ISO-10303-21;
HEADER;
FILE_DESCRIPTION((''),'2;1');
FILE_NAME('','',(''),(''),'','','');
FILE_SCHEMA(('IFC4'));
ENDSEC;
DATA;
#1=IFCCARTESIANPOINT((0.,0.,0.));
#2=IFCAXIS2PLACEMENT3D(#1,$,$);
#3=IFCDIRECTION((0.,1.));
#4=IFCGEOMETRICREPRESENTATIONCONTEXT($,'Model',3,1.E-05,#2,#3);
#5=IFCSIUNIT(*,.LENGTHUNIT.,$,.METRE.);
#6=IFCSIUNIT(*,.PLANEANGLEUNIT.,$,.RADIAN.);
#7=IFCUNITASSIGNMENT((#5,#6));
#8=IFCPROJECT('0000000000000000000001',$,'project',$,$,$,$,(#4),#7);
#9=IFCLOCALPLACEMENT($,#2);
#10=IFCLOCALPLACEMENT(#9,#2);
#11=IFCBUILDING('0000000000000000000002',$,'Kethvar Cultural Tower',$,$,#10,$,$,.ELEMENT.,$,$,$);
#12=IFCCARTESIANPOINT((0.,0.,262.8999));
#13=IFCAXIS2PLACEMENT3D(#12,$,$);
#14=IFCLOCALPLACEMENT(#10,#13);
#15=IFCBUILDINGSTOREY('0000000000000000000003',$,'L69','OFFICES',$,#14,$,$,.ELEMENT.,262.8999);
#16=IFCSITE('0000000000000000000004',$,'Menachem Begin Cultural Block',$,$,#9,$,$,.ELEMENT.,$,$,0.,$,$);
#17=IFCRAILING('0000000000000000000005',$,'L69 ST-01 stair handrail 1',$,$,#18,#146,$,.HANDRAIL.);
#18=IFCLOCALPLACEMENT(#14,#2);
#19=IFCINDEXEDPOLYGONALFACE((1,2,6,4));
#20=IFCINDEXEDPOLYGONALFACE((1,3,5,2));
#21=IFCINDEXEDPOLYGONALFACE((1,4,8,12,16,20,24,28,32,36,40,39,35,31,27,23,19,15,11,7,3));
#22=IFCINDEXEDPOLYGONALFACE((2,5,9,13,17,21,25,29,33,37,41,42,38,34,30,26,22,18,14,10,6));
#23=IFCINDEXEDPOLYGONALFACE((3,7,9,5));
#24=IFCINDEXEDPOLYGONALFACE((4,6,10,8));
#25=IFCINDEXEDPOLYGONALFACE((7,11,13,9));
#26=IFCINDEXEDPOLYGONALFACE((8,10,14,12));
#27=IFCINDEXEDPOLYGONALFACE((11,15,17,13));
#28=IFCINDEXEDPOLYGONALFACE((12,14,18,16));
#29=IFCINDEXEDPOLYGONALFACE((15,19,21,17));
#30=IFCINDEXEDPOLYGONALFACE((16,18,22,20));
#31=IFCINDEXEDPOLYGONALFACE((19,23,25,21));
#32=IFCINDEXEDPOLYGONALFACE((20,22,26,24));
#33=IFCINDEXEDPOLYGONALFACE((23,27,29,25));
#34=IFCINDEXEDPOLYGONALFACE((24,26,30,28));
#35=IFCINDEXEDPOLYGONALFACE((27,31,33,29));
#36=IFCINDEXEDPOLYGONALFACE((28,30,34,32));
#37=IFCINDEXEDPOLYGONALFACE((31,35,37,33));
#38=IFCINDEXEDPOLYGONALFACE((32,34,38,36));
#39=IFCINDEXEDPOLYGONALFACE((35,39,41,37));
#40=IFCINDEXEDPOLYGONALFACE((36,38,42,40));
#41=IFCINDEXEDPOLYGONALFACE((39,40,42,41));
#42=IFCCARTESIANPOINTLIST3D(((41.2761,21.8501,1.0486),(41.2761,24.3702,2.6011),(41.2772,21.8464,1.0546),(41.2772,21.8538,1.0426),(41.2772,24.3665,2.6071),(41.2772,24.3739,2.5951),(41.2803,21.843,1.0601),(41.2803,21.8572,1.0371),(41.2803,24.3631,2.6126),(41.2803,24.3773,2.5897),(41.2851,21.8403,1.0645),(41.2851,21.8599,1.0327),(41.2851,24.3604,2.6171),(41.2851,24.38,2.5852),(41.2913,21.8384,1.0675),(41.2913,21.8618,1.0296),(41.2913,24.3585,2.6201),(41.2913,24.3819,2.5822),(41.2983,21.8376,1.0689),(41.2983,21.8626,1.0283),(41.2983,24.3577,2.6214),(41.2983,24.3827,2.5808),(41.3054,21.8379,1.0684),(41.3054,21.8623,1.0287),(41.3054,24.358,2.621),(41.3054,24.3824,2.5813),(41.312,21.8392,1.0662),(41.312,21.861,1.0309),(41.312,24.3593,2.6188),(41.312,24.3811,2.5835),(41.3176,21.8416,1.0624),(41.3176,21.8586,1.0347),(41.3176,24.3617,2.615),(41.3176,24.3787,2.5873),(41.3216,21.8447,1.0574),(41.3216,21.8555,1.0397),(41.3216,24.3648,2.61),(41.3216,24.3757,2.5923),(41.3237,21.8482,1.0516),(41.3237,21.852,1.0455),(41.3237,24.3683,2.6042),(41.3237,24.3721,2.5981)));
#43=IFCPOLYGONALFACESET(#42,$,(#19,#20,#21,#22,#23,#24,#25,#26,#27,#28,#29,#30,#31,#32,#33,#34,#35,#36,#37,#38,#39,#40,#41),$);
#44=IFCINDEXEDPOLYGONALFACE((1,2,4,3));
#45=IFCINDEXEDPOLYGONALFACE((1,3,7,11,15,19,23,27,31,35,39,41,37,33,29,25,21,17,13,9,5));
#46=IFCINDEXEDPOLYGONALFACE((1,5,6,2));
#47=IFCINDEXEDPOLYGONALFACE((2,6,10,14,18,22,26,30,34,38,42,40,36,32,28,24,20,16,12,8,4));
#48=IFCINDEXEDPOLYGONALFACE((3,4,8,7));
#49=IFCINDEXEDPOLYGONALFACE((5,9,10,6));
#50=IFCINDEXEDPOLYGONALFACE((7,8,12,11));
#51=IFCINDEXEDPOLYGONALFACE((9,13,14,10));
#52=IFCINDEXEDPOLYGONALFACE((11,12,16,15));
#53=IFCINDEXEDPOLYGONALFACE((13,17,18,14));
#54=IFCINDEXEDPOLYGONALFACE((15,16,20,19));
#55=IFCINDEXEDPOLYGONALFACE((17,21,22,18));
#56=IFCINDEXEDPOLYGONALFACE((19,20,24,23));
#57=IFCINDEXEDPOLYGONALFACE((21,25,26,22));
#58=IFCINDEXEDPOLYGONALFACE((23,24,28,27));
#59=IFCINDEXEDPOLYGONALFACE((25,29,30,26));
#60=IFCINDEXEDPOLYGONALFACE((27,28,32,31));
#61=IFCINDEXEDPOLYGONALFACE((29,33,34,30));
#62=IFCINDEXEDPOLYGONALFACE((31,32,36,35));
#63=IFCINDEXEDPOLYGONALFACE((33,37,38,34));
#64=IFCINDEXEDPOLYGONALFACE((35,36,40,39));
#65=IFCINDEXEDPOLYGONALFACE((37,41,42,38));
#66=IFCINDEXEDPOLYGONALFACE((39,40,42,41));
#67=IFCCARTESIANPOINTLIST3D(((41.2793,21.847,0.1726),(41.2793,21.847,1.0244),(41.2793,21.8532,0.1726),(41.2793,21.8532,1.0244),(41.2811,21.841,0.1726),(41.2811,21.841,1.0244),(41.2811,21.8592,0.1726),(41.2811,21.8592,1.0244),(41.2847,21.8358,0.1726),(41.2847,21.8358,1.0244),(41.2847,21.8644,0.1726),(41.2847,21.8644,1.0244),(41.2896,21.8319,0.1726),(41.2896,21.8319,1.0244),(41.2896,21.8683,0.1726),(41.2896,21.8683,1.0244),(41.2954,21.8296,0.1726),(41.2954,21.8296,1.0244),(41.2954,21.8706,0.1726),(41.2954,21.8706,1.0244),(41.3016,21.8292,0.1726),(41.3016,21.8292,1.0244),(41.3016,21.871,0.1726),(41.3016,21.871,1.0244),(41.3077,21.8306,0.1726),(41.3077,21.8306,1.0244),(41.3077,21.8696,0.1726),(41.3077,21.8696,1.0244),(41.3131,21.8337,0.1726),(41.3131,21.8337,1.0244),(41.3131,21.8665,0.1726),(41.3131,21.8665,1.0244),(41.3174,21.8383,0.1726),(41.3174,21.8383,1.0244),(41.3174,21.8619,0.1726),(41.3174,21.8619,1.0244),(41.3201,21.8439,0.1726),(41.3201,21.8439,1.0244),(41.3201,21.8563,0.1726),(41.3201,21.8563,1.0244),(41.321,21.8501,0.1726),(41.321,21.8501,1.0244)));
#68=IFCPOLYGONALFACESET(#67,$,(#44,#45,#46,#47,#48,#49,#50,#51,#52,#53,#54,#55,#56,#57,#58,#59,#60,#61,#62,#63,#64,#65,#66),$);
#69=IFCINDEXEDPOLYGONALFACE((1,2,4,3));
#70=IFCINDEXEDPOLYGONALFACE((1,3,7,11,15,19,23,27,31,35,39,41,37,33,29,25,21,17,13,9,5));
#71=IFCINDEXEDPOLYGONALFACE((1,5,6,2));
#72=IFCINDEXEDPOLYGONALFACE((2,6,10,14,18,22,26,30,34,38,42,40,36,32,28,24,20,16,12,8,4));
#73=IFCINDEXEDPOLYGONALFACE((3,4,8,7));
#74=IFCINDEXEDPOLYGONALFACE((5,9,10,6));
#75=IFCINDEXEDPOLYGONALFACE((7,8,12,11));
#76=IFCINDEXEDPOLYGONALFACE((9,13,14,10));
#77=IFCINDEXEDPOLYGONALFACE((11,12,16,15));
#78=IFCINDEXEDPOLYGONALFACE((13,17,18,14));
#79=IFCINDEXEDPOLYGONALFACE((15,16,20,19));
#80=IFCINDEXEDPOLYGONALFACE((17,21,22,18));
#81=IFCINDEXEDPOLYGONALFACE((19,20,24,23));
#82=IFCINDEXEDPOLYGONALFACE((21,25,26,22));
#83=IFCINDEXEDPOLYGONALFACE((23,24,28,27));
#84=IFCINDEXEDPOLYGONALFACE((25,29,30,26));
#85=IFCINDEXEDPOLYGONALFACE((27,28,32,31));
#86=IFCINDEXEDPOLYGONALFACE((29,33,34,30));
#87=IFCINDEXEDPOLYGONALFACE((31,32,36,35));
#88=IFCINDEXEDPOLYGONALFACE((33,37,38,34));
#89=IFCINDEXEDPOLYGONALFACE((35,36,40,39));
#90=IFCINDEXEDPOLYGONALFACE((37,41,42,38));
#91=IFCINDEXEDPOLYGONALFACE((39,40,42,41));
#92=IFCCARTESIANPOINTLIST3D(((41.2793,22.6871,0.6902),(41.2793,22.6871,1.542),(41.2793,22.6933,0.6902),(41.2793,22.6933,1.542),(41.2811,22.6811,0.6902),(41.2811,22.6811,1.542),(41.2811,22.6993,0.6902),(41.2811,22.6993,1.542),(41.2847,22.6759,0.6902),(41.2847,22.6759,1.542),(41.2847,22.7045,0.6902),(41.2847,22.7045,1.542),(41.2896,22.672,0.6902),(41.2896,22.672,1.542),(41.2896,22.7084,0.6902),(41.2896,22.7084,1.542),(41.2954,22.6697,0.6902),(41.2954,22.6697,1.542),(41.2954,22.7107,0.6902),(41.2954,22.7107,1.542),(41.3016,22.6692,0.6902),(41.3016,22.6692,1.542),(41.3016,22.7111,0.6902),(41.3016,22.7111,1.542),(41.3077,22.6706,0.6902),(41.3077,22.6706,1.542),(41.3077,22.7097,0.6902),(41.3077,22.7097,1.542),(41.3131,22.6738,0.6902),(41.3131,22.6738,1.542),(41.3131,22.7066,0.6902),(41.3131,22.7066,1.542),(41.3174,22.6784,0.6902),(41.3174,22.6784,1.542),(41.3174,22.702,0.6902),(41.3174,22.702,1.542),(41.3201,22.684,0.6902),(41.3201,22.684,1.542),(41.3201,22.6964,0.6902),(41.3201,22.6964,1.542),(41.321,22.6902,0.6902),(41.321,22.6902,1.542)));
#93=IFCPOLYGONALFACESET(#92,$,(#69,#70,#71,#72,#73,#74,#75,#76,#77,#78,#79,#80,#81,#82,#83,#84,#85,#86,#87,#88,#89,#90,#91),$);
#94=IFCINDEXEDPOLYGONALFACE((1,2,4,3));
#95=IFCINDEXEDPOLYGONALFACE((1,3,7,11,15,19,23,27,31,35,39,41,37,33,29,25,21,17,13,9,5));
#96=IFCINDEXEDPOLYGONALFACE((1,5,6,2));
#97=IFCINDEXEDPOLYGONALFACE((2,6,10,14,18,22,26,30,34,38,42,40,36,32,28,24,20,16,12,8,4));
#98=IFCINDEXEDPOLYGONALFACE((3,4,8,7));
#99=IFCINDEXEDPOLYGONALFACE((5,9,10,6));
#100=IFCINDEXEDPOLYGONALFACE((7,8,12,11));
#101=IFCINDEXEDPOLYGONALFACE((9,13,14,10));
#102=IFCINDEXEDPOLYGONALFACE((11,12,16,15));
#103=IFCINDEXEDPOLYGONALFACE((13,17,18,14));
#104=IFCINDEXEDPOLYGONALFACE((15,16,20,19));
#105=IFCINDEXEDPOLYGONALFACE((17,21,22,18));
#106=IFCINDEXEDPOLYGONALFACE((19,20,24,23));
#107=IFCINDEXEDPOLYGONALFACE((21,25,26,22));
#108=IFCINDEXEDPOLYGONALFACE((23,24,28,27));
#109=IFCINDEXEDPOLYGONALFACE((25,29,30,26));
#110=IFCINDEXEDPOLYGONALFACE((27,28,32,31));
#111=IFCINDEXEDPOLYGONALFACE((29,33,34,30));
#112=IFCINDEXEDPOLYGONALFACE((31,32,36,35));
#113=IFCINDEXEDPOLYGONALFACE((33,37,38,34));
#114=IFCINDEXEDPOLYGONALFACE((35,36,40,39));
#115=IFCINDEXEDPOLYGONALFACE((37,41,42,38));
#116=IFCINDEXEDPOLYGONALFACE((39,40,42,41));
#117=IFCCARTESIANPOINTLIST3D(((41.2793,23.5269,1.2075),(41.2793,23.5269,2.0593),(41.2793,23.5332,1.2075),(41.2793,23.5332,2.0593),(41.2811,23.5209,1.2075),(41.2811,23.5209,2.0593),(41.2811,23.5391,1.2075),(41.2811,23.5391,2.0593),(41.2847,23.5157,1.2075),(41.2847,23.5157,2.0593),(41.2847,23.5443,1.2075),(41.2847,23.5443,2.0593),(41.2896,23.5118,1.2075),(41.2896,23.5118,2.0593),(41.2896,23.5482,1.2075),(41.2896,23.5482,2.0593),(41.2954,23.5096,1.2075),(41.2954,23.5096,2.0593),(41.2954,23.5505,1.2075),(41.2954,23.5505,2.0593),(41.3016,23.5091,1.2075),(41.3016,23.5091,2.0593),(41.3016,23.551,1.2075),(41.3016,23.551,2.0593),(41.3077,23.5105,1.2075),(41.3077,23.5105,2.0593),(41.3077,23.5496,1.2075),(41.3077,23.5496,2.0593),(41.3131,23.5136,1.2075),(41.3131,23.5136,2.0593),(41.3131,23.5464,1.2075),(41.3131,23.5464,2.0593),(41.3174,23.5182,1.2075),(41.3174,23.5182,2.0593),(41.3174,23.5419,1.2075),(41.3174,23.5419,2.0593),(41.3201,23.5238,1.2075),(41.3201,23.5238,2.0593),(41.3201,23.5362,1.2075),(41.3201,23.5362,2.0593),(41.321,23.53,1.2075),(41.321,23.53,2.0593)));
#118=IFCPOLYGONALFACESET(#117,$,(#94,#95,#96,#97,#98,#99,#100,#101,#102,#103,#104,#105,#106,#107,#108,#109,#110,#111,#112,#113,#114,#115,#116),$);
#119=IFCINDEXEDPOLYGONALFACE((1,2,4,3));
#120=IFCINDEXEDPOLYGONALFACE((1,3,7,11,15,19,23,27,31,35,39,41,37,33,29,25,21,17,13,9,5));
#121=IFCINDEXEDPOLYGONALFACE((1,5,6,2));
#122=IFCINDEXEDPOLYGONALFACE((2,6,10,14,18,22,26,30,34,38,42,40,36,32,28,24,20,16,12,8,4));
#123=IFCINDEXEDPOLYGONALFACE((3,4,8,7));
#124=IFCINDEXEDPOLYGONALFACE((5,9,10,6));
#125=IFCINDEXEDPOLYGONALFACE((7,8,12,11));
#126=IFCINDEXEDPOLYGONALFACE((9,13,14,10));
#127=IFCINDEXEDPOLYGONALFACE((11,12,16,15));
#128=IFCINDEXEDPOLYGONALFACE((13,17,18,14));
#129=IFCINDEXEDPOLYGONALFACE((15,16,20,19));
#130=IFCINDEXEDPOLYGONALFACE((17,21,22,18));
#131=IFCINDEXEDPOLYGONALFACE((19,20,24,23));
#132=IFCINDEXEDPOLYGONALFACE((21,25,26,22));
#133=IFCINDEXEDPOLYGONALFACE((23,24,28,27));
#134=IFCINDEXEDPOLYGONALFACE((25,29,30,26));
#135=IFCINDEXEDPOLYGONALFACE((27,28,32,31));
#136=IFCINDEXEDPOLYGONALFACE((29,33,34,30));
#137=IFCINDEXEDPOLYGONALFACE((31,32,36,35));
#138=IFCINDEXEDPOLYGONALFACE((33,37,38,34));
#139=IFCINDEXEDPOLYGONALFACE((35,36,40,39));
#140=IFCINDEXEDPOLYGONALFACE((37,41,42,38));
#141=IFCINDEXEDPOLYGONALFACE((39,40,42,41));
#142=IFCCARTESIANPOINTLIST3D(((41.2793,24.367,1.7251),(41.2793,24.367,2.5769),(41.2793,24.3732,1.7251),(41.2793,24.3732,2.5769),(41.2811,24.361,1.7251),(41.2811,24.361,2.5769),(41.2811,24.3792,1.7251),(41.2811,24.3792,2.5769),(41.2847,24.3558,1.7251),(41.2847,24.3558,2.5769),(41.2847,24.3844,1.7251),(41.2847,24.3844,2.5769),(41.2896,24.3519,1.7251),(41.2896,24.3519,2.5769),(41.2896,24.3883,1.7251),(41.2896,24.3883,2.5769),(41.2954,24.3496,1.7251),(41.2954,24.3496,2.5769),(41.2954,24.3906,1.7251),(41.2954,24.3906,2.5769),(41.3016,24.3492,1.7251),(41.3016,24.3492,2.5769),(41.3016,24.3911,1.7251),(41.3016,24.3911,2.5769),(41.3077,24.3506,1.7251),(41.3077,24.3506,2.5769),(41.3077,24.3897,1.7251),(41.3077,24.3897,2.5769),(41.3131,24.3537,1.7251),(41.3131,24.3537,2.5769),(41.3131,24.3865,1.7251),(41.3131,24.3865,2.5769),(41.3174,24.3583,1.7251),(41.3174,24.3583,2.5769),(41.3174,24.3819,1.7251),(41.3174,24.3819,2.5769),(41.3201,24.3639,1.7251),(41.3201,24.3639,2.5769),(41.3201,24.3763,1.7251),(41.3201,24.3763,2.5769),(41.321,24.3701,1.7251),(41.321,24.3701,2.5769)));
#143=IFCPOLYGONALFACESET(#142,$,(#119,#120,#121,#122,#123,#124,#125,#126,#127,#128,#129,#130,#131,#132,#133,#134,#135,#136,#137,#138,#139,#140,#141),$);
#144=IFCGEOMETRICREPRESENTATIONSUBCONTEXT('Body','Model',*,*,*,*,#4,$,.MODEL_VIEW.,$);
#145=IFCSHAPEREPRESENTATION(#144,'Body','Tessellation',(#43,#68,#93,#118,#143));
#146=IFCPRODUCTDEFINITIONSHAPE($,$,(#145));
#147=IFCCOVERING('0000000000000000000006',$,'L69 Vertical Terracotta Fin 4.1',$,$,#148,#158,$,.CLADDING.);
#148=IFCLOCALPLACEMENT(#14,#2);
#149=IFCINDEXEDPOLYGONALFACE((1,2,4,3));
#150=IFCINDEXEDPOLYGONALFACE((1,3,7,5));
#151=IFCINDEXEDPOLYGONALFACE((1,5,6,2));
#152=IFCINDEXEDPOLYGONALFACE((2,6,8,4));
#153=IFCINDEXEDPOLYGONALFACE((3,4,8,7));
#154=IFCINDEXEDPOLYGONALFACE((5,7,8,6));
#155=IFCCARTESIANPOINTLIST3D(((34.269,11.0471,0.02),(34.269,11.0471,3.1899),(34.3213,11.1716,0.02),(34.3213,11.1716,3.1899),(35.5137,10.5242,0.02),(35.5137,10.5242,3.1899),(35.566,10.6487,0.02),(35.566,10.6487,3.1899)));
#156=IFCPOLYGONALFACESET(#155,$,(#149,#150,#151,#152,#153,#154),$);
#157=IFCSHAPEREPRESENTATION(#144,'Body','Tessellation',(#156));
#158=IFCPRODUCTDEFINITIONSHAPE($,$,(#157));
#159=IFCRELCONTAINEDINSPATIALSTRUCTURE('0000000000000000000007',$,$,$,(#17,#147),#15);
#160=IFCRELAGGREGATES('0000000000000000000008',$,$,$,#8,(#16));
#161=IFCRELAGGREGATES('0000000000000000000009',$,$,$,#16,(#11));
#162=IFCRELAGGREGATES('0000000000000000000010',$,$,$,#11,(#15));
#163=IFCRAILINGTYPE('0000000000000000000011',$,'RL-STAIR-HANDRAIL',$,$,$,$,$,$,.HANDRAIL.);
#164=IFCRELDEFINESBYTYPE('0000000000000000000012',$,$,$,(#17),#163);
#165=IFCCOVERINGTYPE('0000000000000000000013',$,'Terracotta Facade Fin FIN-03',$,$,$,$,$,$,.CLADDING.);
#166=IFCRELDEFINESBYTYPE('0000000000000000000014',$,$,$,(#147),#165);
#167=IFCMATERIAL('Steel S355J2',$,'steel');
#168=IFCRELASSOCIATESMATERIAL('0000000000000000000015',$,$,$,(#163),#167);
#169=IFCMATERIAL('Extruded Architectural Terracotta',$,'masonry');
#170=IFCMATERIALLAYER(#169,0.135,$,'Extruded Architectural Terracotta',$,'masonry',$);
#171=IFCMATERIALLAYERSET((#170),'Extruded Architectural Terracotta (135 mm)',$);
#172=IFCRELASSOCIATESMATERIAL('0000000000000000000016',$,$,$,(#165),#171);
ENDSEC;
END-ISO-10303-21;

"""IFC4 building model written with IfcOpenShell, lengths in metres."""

from ifc_helpers import new_model, si_unit, direction, frame, origin, origin_2d, place, context, subcontext, project, spatial, rectangle, circle, extrude, source, transform, mapped, material, layer, layer_set, type_object, element, save


model = new_model("IFC4")

# Units and contexts
model_context = context("Model", 3, precision=1e-05, world=origin(), true_north=direction((0.0, 1.0)))
body_context = subcontext(model_context, "Body", "Model", "MODEL_VIEW")
ifc_project = project(units=[si_unit("LENGTHUNIT", "METRE"), si_unit("PLANEANGLEUNIT", "RADIAN")], contexts=[model_context])

# Site, building, storey
site_placement = place(None, origin())
site = spatial("IfcSite", under=ifc_project, at=site_placement, Name="Menachem Begin Cultural Block", CompositionType="ELEMENT", RefElevation=0.0)
building_placement = place(site_placement, origin())
building = spatial("IfcBuilding", under=site, at=building_placement, Name="Kethvar Cultural Tower", CompositionType="ELEMENT")
storey_placement = place(building_placement, frame((0.0, 0.0, 262.8999)))
storey = spatial("IfcBuildingStorey", under=building, at=storey_placement, Name="L69", Description="OFFICES", CompositionType="ELEMENT", Elevation=262.8999)

# Shared definitions
ifc_material_1 = material(Name="Steel S355J2", Category="steel")

# Railing
railing_type_1 = type_object("IfcRailingType", Name="RL-STAIR-HANDRAIL", PredefinedType="HANDRAIL", material=ifc_material_1)
railing_1_placement = place(storey_placement, frame((41.3, 21.8501, 0.1726)))
element("IfcRailing", 1, at=railing_1_placement, inside=storey, type_object=railing_type_1, Name="L69 ST-01 stair handrail 1", PredefinedType="HANDRAIL", context=body_context, shape_type="SweptSolid", body=[
    extrude(circle(Radius=0.0239, at=origin_2d()), frame((0.0, 0.0, 0.876), z_axis=(0.0, 0.8514, 0.524516), x_axis=(-1.0, 0.0, 0.0)), (0.0, 0.0, 1.0), 2.96),
    extrude(circle(Radius=0.021, at=origin_2d()), origin(), (0.0, 0.0, 1.0), 0.8518),
    extrude(circle(Radius=0.021, at=origin_2d()), frame((0.0, 0.8401, 0.5176)), (0.0, 0.0, 1.0), 0.8518),
    extrude(circle(Radius=0.021, at=origin_2d()), frame((0.0, 1.6799, 1.0349)), (0.0, 0.0, 1.0), 0.8518),
    extrude(circle(Radius=0.021, at=origin_2d()), frame((0.0, 2.52, 1.5525)), (0.0, 0.0, 1.0), 0.8518),
])

# Covering
ifc_material_2 = material(Name="Extruded Architectural Terracotta", Category="masonry")
ifc_layer_1 = layer(ifc_material_2, 0.135, Name="Extruded Architectural Terracotta", Category="masonry")
ifc_layer_set_1 = layer_set([ifc_layer_1], Name="Extruded Architectural Terracotta (135 mm)")
covering_type = type_object("IfcCoveringType", Name="Terracotta Facade Fin FIN-03", PredefinedType="CLADDING", material=ifc_layer_set_1)
shared_shape_1 = source(origin(), body_context, "Body", "SweptSolid", [
    extrude(rectangle(XDim=1.3501, YDim=0.135, at=origin_2d()), origin(), (0.0, 0.0, 1.0), 3.1699),
])
covering_placement = place(storey_placement, frame((34.9175, 10.8479, 0.02), z_axis=(0.0, 0.0, 1.0), x_axis=(-0.921931, 0.387355, 0.0)))
element("IfcCovering", 2, at=covering_placement, inside=storey, type_object=covering_type, Name="L69 Vertical Terracotta Fin 4.1", PredefinedType="CLADDING", context=body_context, shape_type="MappedRepresentation", body=[
    mapped(shared_shape_1, transform((0.0, 0.0, 0.0), scale=1.0)),
])

save(model, "model.ifc")
